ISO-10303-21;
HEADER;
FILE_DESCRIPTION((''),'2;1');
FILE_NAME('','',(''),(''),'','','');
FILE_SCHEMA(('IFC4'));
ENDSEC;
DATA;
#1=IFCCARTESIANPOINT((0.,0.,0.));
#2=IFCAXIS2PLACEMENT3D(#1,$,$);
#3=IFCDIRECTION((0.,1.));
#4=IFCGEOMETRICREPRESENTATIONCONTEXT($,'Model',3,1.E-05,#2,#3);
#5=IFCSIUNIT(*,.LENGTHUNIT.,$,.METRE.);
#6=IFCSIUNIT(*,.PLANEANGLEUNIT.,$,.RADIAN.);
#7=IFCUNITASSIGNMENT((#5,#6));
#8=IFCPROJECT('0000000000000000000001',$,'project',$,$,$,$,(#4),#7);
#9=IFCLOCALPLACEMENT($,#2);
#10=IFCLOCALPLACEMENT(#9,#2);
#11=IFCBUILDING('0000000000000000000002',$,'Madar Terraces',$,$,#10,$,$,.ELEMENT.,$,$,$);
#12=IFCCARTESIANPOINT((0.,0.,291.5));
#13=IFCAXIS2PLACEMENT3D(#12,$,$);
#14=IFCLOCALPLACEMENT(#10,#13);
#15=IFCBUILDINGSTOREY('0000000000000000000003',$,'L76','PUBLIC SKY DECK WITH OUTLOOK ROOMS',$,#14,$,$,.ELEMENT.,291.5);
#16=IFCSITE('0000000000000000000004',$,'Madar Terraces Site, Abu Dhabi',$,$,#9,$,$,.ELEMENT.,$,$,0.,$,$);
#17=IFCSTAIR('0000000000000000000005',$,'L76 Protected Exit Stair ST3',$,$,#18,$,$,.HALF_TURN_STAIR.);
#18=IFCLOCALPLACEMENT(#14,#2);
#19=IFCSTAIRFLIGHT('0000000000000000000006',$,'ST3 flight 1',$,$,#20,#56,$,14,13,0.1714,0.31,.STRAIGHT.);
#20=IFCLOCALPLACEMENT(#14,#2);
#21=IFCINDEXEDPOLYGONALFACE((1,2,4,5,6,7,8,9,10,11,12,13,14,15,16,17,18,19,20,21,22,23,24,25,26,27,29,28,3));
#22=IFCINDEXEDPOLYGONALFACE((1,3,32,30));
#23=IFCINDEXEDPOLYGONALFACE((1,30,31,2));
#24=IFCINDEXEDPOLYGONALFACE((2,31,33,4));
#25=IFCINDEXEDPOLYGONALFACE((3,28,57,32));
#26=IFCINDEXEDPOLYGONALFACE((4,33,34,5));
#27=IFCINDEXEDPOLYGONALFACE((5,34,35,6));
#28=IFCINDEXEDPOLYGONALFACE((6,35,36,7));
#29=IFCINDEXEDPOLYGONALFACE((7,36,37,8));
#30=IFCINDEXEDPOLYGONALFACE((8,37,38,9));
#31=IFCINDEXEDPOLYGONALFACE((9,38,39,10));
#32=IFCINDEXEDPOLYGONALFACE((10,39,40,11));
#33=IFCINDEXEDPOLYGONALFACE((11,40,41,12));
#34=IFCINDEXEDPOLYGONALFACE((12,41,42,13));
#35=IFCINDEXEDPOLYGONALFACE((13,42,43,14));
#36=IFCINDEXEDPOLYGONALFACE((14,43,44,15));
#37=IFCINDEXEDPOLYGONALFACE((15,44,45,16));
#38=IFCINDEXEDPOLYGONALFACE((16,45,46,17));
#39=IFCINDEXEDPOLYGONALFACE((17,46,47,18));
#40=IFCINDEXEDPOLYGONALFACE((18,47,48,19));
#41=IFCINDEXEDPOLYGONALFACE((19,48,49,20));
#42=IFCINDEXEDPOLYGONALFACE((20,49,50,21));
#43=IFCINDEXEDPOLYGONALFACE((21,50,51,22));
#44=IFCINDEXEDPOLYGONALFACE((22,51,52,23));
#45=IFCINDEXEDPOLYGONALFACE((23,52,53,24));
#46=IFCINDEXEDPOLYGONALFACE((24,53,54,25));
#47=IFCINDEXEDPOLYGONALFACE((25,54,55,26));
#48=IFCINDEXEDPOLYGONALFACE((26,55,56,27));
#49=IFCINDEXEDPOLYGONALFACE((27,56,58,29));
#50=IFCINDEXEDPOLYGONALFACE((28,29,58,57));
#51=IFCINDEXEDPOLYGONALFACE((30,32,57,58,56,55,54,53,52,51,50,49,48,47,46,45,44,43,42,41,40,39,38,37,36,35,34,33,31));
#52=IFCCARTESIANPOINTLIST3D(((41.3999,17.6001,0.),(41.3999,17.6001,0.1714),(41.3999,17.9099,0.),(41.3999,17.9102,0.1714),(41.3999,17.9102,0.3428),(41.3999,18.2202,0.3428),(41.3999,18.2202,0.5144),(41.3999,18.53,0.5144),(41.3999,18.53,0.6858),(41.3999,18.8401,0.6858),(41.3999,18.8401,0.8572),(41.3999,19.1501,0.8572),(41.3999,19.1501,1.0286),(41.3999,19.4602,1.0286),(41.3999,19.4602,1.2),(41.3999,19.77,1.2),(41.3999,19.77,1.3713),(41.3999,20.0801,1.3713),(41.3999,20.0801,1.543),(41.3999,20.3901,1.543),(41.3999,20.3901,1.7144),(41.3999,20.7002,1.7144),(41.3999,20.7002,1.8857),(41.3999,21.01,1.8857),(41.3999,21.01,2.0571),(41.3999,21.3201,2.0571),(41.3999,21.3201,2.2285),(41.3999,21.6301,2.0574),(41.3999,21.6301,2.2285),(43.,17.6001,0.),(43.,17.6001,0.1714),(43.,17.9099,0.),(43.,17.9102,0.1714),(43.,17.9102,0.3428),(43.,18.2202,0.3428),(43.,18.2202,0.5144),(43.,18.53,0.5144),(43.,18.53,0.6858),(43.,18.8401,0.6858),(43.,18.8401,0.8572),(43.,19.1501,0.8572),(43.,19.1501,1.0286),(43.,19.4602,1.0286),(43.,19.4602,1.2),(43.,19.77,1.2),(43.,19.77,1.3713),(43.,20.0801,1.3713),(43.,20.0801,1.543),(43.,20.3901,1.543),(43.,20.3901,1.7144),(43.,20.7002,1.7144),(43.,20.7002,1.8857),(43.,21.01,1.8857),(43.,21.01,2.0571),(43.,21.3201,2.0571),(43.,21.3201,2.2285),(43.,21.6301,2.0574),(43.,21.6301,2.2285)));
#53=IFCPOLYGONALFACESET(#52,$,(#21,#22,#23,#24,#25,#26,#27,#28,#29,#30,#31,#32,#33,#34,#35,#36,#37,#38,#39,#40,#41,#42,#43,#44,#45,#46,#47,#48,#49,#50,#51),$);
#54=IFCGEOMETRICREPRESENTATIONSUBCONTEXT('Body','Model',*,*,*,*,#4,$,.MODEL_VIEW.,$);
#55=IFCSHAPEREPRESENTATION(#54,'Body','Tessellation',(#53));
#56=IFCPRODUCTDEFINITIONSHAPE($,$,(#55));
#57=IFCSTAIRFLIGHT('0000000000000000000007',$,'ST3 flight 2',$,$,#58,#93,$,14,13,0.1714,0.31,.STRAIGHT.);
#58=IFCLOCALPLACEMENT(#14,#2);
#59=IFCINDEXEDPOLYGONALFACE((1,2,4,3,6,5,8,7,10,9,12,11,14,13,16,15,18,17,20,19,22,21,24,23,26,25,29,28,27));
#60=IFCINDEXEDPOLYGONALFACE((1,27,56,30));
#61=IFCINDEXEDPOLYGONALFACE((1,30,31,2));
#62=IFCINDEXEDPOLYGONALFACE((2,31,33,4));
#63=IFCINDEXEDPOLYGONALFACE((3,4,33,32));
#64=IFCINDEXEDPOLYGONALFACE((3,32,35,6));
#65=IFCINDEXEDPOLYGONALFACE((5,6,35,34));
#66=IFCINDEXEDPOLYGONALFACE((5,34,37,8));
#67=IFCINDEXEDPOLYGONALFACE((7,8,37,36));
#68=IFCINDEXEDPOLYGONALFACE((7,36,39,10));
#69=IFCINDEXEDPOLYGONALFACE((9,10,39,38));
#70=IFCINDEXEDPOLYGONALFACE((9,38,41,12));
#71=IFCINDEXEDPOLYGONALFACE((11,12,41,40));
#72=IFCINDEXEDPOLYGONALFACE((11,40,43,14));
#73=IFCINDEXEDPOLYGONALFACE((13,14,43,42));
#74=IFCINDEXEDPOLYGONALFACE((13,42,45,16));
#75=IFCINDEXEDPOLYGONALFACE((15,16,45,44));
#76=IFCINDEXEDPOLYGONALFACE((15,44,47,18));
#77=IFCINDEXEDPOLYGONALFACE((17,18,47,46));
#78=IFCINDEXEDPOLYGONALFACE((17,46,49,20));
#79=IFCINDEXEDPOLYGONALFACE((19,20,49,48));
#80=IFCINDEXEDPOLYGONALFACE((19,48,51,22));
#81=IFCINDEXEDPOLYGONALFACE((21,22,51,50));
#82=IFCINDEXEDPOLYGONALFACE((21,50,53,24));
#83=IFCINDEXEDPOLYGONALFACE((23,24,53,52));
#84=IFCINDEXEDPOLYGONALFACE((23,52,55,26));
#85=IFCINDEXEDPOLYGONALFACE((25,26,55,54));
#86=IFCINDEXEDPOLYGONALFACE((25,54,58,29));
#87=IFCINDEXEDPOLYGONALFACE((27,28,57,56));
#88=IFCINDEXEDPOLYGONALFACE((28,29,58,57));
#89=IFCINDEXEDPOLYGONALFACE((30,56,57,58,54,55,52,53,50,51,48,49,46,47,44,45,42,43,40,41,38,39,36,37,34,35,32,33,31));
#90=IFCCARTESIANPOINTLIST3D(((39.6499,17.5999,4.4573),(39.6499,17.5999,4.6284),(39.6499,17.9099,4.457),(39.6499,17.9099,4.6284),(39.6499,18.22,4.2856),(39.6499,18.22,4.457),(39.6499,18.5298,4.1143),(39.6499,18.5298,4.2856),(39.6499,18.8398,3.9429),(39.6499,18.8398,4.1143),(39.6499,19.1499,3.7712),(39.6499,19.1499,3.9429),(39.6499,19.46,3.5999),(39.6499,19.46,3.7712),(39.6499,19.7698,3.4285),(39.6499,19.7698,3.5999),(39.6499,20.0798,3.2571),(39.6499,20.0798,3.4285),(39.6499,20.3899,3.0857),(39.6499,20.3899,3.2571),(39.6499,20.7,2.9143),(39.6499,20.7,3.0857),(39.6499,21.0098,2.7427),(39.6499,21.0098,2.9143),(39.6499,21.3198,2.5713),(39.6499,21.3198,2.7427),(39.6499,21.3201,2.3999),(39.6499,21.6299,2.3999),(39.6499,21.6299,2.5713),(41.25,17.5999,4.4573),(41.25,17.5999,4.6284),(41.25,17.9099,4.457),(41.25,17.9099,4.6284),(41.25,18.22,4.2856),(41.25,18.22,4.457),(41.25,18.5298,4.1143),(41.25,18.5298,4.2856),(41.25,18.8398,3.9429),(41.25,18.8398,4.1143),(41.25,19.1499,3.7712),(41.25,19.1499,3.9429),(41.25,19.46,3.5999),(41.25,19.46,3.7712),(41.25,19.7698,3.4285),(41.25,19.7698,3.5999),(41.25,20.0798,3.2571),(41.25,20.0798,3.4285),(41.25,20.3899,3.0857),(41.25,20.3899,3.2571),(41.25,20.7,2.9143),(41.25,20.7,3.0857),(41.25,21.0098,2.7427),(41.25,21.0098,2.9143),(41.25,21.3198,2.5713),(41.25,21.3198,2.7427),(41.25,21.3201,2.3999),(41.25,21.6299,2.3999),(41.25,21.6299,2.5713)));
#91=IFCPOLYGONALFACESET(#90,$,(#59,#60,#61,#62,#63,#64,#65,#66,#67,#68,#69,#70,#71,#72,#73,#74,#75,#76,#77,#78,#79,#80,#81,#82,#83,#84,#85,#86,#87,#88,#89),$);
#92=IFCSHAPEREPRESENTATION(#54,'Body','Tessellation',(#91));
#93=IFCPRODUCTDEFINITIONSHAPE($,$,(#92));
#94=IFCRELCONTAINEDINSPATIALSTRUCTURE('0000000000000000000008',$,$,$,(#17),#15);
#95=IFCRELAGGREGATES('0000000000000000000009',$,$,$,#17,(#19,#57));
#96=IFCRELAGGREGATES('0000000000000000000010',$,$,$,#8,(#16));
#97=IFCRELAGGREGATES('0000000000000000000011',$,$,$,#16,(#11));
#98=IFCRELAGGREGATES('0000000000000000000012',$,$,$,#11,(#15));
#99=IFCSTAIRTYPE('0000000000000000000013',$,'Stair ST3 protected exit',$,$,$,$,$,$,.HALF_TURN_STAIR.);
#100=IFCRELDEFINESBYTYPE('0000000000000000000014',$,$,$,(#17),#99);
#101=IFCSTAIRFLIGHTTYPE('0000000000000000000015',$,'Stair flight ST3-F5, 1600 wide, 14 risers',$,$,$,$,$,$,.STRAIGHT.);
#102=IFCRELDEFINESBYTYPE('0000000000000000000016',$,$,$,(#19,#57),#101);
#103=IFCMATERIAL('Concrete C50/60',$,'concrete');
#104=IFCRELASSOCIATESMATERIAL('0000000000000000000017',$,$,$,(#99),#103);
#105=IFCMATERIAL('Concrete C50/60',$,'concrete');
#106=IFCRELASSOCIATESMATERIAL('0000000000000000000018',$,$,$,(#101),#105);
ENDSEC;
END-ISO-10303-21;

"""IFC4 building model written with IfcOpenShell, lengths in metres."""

from ifc_helpers import new_model, si_unit, direction, frame, origin, place, context, subcontext, project, spatial, polyline, outline, extrude, material, type_object, element, aggregate, save


model = new_model("IFC4")

# Units and contexts
model_context = context("Model", 3, precision=1e-05, world=origin(), true_north=direction((0.0, 1.0)))
body_context = subcontext(model_context, "Body", "Model", "MODEL_VIEW")
ifc_project = project(units=[si_unit("LENGTHUNIT", "METRE"), si_unit("PLANEANGLEUNIT", "RADIAN")], contexts=[model_context])

# Site, building, storey
site_placement = place(None, origin())
site = spatial("IfcSite", under=ifc_project, at=site_placement, Name="Madar Terraces Site, Abu Dhabi", CompositionType="ELEMENT", RefElevation=0.0)
building_placement = place(site_placement, origin())
building = spatial("IfcBuilding", under=site, at=building_placement, Name="Madar Terraces", CompositionType="ELEMENT")
storey_placement = place(building_placement, frame((0.0, 0.0, 291.5)))
storey = spatial("IfcBuildingStorey", under=building, at=storey_placement, Name="L76", Description="PUBLIC SKY DECK WITH OUTLOOK ROOMS", CompositionType="ELEMENT", Elevation=291.5)

# Stair, stair flights
ifc_material_1 = material(Name="Concrete C50/60", Category="concrete")
stair_type = type_object("IfcStairType", Name="Stair ST3 protected exit", PredefinedType="HALF_TURN_STAIR", material=ifc_material_1)
stair_placement = place(storey_placement, origin())
stair = element("IfcStair", 1, at=stair_placement, inside=storey, type_object=stair_type, Name="L76 Protected Exit Stair ST3", PredefinedType="HALF_TURN_STAIR")
ifc_material_2 = material(Name="Concrete C50/60", Category="concrete")
stair_flight_type = type_object("IfcStairFlightType", Name="Stair flight ST3-F5, 1600 wide, 14 risers", PredefinedType="STRAIGHT", material=ifc_material_2)
stair_flight_1_placement = place(storey_placement, frame((42.2, 17.6001, 0.0), z_axis=(0.0, 0.0, 1.0), x_axis=(0.0, 1.0, 0.0)))
stair_flight_1 = element("IfcStairFlight", 2, at=stair_flight_1_placement, type_object=stair_flight_type, Name="ST3 flight 1", NumberOfRisers=14, NumberOfTreads=13, PredefinedType="STRAIGHT", RiserHeight=0.1714, TreadLength=0.31, context=body_context, shape_type="SweptSolid", body=[
    extrude(outline(polyline([(0.0, 0.0), (0.0, 0.1714), (0.3101, 0.1714), (0.3101, 0.3428), (0.6201, 0.3428), (0.6201, 0.5144), (0.9299, 0.5144), (0.9299, 0.6858), (1.24, 0.6858), (1.24, 0.8572), (1.55, 0.8572), (1.55, 1.0286), (1.8601, 1.0286), (1.8601, 1.2), (2.1699, 1.2), (2.1699, 1.3713), (2.48, 1.3713), (2.48, 1.543), (2.79, 1.543), (2.79, 1.7144), (3.1001, 1.7144), (3.1001, 1.8857), (3.4099, 1.8857), (3.4099, 2.0571), (3.72, 2.0571), (3.72, 2.2285), (4.03, 2.2285), (4.03, 2.3999), (4.03, 2.0574), (0.3098, 0.0), (0.0, 0.0)])), frame((0.0, 0.8, 0.0), z_axis=(0.0, -1.0, 0.0), x_axis=(1.0, 0.0, 0.0)), (0.0, 0.0, 1.0), 1.6001),
])
stair_flight_2_placement = place(storey_placement, frame((40.45, 21.6299, 2.3999), z_axis=(0.0, 0.0, 1.0), x_axis=(0.0, -1.0, 0.0)))
stair_flight_2 = element("IfcStairFlight", 3, at=stair_flight_2_placement, type_object=stair_flight_type, Name="ST3 flight 2", NumberOfRisers=14, NumberOfTreads=13, PredefinedType="STRAIGHT", RiserHeight=0.1714, TreadLength=0.31, context=body_context, shape_type="SweptSolid", body=[
    extrude(outline(polyline([(0.0, 0.0), (0.0, 0.1714), (0.3101, 0.1714), (0.3101, 0.3428), (0.6201, 0.3428), (0.6201, 0.5144), (0.9299, 0.5144), (0.9299, 0.6858), (1.24, 0.6858), (1.24, 0.8572), (1.55, 0.8572), (1.55, 1.0286), (1.8601, 1.0286), (1.8601, 1.2), (2.1699, 1.2), (2.1699, 1.3713), (2.48, 1.3713), (2.48, 1.543), (2.79, 1.543), (2.79, 1.7144), (3.1001, 1.7144), (3.1001, 1.8857), (3.4099, 1.8857), (3.4099, 2.0571), (3.72, 2.0571), (3.72, 2.2285), (4.03, 2.2285), (4.03, 2.3999), (4.03, 2.0574), (0.3098, 0.0), (0.0, 0.0)])), frame((0.0, 0.8, 0.0), z_axis=(0.0, -1.0, 0.0), x_axis=(1.0, 0.0, 0.0)), (0.0, 0.0, 1.0), 1.6001),
])
aggregate(stair, [stair_flight_1, stair_flight_2])

save(model, "model.ifc")
